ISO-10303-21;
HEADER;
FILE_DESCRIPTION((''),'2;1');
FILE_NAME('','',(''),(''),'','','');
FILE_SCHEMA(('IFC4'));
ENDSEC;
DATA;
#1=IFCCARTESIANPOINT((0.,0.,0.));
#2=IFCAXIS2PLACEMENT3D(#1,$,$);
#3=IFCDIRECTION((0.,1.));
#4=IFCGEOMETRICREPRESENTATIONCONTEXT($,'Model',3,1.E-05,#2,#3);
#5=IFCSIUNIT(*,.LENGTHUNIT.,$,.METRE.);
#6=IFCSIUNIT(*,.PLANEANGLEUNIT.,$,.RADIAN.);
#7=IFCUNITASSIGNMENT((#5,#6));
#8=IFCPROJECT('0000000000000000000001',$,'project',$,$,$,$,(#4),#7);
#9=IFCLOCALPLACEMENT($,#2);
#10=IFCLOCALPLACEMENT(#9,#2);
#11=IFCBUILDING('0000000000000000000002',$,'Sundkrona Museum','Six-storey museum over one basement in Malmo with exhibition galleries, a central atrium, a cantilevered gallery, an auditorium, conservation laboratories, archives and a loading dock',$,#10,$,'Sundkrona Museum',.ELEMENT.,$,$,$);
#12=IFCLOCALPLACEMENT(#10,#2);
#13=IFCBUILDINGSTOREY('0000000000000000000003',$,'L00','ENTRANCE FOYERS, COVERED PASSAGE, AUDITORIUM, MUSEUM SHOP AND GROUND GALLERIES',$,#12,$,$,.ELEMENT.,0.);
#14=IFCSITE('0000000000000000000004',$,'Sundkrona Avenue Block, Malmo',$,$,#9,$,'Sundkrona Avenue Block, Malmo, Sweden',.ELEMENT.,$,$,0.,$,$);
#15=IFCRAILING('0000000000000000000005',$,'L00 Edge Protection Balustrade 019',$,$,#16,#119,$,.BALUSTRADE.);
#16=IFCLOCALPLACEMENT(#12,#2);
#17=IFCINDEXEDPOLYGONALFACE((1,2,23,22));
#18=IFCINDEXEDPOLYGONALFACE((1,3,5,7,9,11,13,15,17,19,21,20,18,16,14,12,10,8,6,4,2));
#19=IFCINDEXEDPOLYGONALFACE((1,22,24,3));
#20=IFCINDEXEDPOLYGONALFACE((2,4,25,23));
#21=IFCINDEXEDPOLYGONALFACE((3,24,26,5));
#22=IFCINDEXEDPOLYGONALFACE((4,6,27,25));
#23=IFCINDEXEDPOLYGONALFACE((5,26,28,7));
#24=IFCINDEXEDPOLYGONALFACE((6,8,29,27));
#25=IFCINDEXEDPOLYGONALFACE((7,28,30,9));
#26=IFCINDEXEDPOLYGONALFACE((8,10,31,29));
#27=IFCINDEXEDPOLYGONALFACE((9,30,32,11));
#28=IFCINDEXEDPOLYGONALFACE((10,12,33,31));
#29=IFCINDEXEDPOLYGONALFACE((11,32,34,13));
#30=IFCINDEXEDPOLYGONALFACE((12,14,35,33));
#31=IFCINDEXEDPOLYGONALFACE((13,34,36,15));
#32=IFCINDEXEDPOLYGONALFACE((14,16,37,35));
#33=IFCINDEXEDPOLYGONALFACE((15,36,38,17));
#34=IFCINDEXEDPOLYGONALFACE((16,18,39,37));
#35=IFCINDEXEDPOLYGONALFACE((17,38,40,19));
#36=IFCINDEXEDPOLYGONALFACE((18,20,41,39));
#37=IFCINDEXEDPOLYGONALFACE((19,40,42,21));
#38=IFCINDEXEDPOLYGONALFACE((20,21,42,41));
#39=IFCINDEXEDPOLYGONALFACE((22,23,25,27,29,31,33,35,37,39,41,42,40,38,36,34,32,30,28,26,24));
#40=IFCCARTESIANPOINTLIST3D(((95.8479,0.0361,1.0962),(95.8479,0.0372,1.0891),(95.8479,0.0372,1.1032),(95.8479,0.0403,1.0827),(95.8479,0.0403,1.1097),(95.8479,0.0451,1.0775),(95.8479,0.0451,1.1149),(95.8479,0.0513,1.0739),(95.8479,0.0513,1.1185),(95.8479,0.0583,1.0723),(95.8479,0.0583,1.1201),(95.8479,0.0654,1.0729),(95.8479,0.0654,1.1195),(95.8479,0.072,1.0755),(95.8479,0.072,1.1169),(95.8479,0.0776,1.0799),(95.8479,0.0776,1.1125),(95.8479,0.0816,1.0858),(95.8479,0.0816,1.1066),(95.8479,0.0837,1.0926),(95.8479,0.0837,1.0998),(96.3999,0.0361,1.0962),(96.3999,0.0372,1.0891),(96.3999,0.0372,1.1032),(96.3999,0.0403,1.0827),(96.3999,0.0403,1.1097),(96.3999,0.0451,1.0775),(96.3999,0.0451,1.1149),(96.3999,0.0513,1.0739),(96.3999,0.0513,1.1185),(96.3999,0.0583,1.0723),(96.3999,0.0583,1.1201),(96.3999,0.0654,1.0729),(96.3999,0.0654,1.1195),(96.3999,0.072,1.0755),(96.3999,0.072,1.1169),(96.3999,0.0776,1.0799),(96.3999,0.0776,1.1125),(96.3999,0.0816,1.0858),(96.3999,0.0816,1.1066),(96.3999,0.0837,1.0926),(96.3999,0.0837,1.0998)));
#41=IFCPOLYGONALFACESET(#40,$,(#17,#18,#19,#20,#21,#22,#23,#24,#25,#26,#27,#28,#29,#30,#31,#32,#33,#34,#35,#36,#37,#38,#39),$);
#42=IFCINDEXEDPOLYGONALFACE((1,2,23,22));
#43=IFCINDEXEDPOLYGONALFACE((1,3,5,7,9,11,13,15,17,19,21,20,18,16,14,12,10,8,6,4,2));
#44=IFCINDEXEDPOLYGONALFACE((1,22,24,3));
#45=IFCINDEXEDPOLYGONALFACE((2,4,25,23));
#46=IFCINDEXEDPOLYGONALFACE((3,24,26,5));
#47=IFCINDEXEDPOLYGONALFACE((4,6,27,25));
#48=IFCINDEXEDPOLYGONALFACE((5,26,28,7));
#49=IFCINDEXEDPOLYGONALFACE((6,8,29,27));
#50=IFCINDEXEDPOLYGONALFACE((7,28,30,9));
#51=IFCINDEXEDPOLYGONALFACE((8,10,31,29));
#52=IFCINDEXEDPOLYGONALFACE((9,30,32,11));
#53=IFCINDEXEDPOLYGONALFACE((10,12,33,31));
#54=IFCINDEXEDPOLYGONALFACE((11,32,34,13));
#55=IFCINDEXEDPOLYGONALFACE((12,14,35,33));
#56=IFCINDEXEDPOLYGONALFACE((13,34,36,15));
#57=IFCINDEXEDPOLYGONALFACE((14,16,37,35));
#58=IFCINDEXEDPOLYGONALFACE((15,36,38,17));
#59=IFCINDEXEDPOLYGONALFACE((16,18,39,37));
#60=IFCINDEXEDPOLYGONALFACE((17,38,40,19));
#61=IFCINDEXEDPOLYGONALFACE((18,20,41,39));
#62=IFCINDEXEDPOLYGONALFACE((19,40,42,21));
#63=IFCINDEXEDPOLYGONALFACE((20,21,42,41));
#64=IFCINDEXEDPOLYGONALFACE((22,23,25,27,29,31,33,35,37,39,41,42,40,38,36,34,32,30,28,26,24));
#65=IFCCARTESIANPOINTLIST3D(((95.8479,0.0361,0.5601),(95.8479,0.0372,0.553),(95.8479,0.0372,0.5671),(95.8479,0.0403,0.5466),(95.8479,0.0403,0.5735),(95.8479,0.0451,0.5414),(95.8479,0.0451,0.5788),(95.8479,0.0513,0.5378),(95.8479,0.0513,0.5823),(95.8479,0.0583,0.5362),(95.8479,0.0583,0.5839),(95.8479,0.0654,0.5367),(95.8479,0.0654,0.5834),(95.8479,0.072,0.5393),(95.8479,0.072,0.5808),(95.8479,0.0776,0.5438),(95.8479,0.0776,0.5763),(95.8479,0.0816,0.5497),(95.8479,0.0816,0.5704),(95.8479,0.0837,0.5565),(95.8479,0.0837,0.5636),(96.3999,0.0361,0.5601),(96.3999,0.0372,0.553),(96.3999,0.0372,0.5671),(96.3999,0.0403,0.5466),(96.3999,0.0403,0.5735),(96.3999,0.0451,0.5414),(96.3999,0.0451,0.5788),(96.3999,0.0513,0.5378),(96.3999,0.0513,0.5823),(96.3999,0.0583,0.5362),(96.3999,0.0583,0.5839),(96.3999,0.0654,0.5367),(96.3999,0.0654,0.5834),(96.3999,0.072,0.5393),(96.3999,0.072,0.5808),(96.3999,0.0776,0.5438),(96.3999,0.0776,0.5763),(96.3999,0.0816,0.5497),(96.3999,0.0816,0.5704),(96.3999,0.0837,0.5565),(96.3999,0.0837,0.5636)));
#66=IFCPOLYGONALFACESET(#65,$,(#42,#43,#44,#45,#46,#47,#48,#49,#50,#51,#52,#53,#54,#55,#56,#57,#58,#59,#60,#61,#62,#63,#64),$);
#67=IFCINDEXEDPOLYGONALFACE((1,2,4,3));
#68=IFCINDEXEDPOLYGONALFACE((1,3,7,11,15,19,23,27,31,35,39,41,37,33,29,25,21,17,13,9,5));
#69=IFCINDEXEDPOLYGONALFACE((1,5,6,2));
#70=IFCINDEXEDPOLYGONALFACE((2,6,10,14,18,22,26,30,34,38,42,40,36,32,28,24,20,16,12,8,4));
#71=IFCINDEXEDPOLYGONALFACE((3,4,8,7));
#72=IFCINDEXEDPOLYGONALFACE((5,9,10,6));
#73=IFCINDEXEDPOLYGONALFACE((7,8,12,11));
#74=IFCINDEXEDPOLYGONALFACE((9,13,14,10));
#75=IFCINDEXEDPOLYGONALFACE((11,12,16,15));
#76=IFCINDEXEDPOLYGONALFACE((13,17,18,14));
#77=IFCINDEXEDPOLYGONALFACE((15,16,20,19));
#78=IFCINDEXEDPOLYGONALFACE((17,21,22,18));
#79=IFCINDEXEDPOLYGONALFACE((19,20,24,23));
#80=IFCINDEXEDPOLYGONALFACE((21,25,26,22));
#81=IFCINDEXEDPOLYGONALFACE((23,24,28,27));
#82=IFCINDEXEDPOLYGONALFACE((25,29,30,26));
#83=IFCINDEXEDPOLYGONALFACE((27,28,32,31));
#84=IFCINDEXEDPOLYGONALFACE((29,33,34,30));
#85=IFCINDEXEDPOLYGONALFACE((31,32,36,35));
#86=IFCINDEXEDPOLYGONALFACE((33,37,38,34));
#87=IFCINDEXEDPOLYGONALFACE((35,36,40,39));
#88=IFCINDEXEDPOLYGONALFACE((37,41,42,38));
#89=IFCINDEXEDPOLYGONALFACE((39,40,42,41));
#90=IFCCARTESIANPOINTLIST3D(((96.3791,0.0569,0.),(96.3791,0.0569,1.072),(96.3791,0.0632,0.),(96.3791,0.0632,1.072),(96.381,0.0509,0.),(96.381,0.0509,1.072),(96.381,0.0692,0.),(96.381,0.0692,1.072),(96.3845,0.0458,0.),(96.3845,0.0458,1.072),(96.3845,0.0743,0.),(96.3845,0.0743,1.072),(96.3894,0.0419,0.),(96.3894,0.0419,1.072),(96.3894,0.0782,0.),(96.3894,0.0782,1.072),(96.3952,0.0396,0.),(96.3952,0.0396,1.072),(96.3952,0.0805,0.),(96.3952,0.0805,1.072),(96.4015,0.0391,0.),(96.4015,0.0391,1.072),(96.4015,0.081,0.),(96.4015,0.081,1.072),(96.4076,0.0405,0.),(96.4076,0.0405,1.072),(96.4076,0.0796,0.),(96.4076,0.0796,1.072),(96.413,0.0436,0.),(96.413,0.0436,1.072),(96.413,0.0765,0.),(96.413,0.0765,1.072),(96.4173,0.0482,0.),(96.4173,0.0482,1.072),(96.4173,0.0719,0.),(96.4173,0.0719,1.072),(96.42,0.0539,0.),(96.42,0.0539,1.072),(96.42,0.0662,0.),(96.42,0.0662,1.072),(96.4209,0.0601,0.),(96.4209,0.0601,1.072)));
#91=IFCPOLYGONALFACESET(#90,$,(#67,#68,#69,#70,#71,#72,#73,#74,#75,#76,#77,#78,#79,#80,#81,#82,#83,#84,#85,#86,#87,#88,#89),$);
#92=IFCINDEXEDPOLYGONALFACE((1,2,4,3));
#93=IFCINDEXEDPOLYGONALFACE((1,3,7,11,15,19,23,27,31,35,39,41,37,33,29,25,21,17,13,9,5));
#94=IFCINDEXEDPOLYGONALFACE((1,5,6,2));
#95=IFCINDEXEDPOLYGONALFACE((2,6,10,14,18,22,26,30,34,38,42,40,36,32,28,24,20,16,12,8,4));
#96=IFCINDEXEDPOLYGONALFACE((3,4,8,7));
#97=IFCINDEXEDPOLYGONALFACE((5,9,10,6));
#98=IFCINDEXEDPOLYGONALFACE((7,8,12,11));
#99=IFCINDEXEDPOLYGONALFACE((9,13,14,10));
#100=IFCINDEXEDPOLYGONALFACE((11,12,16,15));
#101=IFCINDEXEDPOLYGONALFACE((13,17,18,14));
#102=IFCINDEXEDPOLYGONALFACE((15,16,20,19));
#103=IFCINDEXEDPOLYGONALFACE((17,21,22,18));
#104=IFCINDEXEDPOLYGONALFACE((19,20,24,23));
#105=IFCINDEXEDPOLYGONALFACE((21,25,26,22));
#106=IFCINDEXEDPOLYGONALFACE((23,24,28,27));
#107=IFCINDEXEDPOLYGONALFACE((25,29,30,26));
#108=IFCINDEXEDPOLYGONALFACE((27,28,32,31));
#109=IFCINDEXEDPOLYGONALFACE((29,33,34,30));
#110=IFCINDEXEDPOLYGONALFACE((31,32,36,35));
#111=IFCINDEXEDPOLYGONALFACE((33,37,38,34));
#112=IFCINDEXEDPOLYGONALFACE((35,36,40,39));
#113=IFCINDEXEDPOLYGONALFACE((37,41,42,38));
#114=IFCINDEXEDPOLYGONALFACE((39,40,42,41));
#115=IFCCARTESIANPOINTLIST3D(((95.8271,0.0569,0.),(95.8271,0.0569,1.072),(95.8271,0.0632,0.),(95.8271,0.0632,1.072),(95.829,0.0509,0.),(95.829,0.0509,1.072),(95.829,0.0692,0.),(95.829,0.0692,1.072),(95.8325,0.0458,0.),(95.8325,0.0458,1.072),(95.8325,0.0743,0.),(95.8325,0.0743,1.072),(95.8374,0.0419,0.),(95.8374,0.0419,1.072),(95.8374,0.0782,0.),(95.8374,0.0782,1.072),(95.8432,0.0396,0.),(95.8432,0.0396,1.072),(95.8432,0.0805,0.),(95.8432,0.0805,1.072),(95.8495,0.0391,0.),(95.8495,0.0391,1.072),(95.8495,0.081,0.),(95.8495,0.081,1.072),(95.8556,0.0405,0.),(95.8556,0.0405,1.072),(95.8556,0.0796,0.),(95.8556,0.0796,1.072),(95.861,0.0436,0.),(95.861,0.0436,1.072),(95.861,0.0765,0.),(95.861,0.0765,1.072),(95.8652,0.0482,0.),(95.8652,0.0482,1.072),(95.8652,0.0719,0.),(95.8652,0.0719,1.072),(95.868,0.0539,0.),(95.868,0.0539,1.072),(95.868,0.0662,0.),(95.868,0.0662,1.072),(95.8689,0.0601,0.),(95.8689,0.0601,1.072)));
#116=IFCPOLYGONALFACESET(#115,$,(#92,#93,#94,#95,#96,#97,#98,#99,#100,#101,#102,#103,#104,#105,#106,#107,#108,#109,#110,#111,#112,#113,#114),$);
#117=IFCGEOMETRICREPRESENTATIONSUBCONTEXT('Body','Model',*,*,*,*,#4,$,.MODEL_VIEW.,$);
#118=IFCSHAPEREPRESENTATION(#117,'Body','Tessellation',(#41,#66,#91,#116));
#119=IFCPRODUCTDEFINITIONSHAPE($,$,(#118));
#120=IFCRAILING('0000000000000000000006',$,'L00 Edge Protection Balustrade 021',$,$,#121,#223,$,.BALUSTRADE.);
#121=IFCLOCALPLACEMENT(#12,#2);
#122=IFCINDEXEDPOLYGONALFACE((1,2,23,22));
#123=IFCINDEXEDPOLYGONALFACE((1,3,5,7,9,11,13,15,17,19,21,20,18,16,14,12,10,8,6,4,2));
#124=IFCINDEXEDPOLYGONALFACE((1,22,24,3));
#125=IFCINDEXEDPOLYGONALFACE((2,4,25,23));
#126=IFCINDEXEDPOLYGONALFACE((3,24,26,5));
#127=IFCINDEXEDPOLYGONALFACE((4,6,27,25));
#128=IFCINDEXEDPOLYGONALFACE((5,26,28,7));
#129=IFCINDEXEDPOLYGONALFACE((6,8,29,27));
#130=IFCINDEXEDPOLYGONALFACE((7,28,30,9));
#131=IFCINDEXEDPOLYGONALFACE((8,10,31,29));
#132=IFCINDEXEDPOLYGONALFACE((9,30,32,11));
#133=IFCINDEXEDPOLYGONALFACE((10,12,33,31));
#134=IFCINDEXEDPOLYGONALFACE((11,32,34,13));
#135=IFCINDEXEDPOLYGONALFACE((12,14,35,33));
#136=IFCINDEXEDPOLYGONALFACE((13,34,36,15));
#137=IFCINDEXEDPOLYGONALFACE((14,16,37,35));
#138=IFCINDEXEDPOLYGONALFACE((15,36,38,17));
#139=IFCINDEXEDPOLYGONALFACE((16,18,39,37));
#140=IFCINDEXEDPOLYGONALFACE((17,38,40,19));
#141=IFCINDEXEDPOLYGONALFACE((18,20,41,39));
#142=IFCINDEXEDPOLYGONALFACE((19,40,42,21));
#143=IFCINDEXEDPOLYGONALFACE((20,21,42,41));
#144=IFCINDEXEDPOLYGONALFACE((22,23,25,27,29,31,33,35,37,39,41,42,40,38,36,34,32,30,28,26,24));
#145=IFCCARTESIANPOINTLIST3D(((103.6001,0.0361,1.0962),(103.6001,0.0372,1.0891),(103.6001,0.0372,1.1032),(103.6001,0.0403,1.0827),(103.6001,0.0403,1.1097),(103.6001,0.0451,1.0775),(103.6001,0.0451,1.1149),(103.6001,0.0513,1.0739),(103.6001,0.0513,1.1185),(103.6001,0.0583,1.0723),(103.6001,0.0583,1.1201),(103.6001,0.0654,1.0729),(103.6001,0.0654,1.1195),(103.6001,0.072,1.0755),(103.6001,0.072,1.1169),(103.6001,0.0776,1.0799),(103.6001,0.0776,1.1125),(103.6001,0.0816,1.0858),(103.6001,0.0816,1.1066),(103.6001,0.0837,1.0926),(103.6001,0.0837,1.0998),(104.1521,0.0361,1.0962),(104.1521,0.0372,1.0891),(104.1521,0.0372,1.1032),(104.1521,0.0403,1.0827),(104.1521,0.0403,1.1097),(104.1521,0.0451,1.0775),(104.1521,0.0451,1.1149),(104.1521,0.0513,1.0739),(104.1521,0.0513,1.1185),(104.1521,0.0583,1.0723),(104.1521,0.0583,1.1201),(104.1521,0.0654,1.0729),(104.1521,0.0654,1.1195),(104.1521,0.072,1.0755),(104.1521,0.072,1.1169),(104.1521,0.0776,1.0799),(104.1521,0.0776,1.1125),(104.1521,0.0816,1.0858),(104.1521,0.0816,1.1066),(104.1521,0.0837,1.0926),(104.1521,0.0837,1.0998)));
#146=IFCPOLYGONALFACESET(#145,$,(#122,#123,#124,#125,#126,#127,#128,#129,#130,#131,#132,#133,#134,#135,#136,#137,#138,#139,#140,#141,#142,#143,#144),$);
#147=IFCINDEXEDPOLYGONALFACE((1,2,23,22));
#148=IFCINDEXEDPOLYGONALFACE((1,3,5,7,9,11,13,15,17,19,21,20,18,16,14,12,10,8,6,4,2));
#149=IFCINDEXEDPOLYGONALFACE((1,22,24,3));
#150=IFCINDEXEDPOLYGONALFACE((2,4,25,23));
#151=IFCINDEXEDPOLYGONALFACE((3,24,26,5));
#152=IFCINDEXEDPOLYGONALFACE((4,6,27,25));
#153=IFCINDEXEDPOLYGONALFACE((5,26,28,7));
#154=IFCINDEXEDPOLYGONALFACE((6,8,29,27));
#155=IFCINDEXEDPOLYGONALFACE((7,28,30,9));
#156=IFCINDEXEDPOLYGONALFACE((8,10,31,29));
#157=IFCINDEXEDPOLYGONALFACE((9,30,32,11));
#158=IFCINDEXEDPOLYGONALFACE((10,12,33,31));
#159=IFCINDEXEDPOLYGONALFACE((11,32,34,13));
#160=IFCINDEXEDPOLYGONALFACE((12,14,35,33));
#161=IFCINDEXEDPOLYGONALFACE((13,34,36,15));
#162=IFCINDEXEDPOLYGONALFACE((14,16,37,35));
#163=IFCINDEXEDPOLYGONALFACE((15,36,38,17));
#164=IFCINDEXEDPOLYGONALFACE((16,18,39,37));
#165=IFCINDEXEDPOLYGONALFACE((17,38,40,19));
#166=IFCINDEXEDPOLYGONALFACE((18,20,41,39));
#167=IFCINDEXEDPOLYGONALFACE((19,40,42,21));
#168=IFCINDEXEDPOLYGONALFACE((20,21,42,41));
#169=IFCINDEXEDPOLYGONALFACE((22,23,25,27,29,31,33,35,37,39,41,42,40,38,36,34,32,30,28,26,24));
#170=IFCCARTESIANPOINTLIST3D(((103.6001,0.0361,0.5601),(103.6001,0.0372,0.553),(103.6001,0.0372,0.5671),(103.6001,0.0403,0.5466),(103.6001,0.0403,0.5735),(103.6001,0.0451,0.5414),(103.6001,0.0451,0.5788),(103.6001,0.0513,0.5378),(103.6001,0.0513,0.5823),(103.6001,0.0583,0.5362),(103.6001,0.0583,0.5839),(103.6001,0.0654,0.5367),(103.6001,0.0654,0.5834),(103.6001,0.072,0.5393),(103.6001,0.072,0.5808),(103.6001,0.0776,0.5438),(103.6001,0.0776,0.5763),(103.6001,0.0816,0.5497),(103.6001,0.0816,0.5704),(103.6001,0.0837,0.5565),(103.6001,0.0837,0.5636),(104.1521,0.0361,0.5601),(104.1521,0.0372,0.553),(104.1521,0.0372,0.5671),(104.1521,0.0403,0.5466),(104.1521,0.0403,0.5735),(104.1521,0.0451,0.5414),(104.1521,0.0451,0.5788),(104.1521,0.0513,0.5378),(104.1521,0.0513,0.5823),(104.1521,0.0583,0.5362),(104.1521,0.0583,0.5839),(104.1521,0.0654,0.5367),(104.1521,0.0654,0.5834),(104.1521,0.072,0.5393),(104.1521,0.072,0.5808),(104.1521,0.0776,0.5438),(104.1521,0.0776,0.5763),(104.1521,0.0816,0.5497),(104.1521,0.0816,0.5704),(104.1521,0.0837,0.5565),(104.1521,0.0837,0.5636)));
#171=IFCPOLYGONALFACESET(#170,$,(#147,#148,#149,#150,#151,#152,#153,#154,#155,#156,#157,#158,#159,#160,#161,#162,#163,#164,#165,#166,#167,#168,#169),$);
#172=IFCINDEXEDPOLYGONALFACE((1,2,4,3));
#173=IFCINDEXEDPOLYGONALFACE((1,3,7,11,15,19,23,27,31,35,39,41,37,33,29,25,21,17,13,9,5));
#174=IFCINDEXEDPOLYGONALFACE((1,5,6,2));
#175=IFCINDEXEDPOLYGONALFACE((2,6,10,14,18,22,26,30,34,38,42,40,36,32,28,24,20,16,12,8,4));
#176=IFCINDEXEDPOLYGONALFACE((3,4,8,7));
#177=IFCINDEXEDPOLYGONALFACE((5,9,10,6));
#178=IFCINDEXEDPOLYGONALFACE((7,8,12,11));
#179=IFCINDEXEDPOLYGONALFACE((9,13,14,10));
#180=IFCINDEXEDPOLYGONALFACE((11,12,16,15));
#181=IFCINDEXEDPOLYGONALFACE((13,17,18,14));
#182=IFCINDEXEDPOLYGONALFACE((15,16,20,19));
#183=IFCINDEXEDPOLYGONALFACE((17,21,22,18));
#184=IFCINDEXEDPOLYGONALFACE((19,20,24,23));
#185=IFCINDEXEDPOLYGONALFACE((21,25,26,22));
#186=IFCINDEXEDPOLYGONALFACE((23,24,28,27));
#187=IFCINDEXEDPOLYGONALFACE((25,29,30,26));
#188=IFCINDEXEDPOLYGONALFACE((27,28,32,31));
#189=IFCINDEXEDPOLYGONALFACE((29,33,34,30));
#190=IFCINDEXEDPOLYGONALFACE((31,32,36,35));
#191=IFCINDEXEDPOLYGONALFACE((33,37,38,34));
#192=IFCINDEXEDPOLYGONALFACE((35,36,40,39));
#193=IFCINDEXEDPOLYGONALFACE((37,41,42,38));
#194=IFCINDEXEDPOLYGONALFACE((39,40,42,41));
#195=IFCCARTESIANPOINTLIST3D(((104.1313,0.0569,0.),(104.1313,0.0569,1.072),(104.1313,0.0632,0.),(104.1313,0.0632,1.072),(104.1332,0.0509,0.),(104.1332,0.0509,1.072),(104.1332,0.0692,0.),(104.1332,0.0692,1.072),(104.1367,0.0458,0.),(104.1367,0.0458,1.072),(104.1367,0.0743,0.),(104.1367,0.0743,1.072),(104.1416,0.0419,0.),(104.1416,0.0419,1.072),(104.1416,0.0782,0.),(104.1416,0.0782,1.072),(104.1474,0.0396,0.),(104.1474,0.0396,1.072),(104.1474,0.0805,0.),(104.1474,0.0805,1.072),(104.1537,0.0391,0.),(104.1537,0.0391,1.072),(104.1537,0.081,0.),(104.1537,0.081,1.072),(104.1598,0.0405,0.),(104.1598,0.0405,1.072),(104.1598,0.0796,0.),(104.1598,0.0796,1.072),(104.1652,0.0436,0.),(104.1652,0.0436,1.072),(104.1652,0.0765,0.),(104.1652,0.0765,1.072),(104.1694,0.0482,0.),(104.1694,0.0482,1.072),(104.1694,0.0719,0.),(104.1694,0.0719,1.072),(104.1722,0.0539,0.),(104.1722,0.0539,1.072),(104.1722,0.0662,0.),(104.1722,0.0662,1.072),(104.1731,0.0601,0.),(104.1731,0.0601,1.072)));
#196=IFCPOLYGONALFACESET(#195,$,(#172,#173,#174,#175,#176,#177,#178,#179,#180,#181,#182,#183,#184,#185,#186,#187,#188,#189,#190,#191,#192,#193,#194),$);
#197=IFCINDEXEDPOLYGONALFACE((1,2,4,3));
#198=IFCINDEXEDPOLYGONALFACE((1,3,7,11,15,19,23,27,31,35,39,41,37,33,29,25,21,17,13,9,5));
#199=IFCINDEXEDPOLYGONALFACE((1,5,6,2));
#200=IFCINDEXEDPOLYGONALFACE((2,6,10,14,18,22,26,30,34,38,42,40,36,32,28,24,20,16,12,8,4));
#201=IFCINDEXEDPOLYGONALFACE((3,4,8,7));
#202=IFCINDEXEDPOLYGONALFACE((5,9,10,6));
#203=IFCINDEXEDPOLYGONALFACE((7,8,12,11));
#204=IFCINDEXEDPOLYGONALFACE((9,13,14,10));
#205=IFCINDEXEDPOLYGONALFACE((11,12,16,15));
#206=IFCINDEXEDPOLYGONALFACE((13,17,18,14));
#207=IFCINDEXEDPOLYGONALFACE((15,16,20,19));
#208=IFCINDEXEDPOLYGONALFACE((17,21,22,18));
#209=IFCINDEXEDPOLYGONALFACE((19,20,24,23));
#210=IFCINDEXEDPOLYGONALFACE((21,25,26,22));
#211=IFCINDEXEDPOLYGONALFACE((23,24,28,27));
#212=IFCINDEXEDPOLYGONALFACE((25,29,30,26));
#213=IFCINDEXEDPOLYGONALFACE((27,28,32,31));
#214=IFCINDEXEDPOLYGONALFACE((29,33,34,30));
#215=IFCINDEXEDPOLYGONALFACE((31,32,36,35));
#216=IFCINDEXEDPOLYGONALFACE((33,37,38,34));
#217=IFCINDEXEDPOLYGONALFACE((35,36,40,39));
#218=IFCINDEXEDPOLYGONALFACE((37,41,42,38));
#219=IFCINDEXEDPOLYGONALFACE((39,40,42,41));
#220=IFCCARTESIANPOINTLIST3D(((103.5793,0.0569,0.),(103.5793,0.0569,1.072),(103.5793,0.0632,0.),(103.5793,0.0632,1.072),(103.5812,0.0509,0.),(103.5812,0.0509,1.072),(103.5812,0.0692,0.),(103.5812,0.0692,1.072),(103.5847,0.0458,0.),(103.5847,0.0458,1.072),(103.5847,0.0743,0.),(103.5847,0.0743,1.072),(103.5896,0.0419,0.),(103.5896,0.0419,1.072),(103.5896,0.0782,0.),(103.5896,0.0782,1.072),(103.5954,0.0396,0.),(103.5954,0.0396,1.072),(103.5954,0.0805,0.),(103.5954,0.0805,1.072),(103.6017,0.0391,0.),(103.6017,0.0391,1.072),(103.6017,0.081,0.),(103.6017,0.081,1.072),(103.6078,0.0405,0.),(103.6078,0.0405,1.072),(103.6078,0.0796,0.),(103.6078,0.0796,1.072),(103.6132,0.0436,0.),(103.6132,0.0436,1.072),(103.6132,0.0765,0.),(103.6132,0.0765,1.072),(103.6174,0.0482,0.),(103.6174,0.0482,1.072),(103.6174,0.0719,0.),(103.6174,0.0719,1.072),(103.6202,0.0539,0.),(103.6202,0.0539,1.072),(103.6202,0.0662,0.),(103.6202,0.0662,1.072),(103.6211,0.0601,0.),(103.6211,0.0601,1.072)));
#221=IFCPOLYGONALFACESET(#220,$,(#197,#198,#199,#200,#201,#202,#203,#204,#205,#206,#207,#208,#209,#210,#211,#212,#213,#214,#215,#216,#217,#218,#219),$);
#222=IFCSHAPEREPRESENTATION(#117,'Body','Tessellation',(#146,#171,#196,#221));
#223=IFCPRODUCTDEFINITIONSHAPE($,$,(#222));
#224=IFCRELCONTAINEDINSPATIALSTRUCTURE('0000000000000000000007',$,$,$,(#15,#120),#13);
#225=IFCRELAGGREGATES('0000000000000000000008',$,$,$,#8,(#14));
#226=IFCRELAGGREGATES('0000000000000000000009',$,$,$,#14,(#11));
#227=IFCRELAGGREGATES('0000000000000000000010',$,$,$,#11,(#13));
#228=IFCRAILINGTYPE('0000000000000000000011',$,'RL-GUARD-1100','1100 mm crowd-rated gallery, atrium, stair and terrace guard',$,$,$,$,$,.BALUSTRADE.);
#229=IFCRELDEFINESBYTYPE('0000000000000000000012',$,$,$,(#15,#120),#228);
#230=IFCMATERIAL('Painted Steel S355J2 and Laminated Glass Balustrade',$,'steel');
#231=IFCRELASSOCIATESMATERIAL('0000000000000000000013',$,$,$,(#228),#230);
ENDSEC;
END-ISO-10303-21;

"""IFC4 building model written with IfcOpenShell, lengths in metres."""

from ifc_helpers import new_model, si_unit, direction, frame, origin, origin_2d, place, context, subcontext, project, spatial, circle, extrude, material, type_object, element, save


model = new_model("IFC4")

# Units and contexts
model_context = context("Model", 3, precision=1e-05, world=origin(), true_north=direction((0.0, 1.0)))
body_context = subcontext(model_context, "Body", "Model", "MODEL_VIEW")
ifc_project = project(units=[si_unit("LENGTHUNIT", "METRE"), si_unit("PLANEANGLEUNIT", "RADIAN")], contexts=[model_context])

# Site, building, storey
site_placement = place(None, origin())
site = spatial("IfcSite", under=ifc_project, at=site_placement, Name="Sundkrona Avenue Block, Malmo", LongName="Sundkrona Avenue Block, Malmo, Sweden", CompositionType="ELEMENT", RefElevation=0.0)
building_placement = place(site_placement, origin())
building = spatial("IfcBuilding", under=site, at=building_placement, Name="Sundkrona Museum", Description="Six-storey museum over one basement in Malmo with exhibition galleries, a central atrium, a cantilevered gallery, an auditorium, conservation laboratories, archives and a loading dock", LongName="Sundkrona Museum", CompositionType="ELEMENT")
storey_placement = place(building_placement, origin())
storey = spatial("IfcBuildingStorey", under=building, at=storey_placement, Name="L00", Description="ENTRANCE FOYERS, COVERED PASSAGE, AUDITORIUM, MUSEUM SHOP AND GROUND GALLERIES", CompositionType="ELEMENT", Elevation=0.0)

# Railings
ifc_material_1 = material(Name="Painted Steel S355J2 and Laminated Glass Balustrade", Category="steel")
railing_type = type_object("IfcRailingType", Name="RL-GUARD-1100", Description="1100 mm crowd-rated gallery, atrium, stair and terrace guard", PredefinedType="BALUSTRADE", material=ifc_material_1)
for number, where, name in (
    (1, (96.3999, 0.0601, 0.0), "L00 Edge Protection Balustrade 019"),
    (2, (104.1521, 0.0601, 0.0), "L00 Edge Protection Balustrade 021"),
):
    element("IfcRailing", number, at=place(storey_placement, frame(where)), inside=storey, type_object=railing_type, Name=name, PredefinedType="BALUSTRADE", context=body_context, shape_type="SweptSolid", body=[
        extrude(circle(Radius=0.0239, at=origin_2d()), frame((0.0, 0.0, 1.0962), z_axis=(-1.0, 0.0, 0.0), x_axis=(0.0, -1.0, 0.0)), (0.0, 0.0, 1.0), 0.552),
        extrude(circle(Radius=0.0239, at=origin_2d()), frame((0.0, 0.0, 0.5601), z_axis=(-1.0, 0.0, 0.0), x_axis=(0.0, -1.0, 0.0)), (0.0, 0.0, 1.0), 0.552),
        extrude(circle(Radius=0.021, at=origin_2d()), origin(), (0.0, 0.0, 1.0), 1.072),
        extrude(circle(Radius=0.021, at=origin_2d()), frame((-0.552, 0.0, 0.0)), (0.0, 0.0, 1.0), 1.072),
    ])

save(model, "model.ifc")
